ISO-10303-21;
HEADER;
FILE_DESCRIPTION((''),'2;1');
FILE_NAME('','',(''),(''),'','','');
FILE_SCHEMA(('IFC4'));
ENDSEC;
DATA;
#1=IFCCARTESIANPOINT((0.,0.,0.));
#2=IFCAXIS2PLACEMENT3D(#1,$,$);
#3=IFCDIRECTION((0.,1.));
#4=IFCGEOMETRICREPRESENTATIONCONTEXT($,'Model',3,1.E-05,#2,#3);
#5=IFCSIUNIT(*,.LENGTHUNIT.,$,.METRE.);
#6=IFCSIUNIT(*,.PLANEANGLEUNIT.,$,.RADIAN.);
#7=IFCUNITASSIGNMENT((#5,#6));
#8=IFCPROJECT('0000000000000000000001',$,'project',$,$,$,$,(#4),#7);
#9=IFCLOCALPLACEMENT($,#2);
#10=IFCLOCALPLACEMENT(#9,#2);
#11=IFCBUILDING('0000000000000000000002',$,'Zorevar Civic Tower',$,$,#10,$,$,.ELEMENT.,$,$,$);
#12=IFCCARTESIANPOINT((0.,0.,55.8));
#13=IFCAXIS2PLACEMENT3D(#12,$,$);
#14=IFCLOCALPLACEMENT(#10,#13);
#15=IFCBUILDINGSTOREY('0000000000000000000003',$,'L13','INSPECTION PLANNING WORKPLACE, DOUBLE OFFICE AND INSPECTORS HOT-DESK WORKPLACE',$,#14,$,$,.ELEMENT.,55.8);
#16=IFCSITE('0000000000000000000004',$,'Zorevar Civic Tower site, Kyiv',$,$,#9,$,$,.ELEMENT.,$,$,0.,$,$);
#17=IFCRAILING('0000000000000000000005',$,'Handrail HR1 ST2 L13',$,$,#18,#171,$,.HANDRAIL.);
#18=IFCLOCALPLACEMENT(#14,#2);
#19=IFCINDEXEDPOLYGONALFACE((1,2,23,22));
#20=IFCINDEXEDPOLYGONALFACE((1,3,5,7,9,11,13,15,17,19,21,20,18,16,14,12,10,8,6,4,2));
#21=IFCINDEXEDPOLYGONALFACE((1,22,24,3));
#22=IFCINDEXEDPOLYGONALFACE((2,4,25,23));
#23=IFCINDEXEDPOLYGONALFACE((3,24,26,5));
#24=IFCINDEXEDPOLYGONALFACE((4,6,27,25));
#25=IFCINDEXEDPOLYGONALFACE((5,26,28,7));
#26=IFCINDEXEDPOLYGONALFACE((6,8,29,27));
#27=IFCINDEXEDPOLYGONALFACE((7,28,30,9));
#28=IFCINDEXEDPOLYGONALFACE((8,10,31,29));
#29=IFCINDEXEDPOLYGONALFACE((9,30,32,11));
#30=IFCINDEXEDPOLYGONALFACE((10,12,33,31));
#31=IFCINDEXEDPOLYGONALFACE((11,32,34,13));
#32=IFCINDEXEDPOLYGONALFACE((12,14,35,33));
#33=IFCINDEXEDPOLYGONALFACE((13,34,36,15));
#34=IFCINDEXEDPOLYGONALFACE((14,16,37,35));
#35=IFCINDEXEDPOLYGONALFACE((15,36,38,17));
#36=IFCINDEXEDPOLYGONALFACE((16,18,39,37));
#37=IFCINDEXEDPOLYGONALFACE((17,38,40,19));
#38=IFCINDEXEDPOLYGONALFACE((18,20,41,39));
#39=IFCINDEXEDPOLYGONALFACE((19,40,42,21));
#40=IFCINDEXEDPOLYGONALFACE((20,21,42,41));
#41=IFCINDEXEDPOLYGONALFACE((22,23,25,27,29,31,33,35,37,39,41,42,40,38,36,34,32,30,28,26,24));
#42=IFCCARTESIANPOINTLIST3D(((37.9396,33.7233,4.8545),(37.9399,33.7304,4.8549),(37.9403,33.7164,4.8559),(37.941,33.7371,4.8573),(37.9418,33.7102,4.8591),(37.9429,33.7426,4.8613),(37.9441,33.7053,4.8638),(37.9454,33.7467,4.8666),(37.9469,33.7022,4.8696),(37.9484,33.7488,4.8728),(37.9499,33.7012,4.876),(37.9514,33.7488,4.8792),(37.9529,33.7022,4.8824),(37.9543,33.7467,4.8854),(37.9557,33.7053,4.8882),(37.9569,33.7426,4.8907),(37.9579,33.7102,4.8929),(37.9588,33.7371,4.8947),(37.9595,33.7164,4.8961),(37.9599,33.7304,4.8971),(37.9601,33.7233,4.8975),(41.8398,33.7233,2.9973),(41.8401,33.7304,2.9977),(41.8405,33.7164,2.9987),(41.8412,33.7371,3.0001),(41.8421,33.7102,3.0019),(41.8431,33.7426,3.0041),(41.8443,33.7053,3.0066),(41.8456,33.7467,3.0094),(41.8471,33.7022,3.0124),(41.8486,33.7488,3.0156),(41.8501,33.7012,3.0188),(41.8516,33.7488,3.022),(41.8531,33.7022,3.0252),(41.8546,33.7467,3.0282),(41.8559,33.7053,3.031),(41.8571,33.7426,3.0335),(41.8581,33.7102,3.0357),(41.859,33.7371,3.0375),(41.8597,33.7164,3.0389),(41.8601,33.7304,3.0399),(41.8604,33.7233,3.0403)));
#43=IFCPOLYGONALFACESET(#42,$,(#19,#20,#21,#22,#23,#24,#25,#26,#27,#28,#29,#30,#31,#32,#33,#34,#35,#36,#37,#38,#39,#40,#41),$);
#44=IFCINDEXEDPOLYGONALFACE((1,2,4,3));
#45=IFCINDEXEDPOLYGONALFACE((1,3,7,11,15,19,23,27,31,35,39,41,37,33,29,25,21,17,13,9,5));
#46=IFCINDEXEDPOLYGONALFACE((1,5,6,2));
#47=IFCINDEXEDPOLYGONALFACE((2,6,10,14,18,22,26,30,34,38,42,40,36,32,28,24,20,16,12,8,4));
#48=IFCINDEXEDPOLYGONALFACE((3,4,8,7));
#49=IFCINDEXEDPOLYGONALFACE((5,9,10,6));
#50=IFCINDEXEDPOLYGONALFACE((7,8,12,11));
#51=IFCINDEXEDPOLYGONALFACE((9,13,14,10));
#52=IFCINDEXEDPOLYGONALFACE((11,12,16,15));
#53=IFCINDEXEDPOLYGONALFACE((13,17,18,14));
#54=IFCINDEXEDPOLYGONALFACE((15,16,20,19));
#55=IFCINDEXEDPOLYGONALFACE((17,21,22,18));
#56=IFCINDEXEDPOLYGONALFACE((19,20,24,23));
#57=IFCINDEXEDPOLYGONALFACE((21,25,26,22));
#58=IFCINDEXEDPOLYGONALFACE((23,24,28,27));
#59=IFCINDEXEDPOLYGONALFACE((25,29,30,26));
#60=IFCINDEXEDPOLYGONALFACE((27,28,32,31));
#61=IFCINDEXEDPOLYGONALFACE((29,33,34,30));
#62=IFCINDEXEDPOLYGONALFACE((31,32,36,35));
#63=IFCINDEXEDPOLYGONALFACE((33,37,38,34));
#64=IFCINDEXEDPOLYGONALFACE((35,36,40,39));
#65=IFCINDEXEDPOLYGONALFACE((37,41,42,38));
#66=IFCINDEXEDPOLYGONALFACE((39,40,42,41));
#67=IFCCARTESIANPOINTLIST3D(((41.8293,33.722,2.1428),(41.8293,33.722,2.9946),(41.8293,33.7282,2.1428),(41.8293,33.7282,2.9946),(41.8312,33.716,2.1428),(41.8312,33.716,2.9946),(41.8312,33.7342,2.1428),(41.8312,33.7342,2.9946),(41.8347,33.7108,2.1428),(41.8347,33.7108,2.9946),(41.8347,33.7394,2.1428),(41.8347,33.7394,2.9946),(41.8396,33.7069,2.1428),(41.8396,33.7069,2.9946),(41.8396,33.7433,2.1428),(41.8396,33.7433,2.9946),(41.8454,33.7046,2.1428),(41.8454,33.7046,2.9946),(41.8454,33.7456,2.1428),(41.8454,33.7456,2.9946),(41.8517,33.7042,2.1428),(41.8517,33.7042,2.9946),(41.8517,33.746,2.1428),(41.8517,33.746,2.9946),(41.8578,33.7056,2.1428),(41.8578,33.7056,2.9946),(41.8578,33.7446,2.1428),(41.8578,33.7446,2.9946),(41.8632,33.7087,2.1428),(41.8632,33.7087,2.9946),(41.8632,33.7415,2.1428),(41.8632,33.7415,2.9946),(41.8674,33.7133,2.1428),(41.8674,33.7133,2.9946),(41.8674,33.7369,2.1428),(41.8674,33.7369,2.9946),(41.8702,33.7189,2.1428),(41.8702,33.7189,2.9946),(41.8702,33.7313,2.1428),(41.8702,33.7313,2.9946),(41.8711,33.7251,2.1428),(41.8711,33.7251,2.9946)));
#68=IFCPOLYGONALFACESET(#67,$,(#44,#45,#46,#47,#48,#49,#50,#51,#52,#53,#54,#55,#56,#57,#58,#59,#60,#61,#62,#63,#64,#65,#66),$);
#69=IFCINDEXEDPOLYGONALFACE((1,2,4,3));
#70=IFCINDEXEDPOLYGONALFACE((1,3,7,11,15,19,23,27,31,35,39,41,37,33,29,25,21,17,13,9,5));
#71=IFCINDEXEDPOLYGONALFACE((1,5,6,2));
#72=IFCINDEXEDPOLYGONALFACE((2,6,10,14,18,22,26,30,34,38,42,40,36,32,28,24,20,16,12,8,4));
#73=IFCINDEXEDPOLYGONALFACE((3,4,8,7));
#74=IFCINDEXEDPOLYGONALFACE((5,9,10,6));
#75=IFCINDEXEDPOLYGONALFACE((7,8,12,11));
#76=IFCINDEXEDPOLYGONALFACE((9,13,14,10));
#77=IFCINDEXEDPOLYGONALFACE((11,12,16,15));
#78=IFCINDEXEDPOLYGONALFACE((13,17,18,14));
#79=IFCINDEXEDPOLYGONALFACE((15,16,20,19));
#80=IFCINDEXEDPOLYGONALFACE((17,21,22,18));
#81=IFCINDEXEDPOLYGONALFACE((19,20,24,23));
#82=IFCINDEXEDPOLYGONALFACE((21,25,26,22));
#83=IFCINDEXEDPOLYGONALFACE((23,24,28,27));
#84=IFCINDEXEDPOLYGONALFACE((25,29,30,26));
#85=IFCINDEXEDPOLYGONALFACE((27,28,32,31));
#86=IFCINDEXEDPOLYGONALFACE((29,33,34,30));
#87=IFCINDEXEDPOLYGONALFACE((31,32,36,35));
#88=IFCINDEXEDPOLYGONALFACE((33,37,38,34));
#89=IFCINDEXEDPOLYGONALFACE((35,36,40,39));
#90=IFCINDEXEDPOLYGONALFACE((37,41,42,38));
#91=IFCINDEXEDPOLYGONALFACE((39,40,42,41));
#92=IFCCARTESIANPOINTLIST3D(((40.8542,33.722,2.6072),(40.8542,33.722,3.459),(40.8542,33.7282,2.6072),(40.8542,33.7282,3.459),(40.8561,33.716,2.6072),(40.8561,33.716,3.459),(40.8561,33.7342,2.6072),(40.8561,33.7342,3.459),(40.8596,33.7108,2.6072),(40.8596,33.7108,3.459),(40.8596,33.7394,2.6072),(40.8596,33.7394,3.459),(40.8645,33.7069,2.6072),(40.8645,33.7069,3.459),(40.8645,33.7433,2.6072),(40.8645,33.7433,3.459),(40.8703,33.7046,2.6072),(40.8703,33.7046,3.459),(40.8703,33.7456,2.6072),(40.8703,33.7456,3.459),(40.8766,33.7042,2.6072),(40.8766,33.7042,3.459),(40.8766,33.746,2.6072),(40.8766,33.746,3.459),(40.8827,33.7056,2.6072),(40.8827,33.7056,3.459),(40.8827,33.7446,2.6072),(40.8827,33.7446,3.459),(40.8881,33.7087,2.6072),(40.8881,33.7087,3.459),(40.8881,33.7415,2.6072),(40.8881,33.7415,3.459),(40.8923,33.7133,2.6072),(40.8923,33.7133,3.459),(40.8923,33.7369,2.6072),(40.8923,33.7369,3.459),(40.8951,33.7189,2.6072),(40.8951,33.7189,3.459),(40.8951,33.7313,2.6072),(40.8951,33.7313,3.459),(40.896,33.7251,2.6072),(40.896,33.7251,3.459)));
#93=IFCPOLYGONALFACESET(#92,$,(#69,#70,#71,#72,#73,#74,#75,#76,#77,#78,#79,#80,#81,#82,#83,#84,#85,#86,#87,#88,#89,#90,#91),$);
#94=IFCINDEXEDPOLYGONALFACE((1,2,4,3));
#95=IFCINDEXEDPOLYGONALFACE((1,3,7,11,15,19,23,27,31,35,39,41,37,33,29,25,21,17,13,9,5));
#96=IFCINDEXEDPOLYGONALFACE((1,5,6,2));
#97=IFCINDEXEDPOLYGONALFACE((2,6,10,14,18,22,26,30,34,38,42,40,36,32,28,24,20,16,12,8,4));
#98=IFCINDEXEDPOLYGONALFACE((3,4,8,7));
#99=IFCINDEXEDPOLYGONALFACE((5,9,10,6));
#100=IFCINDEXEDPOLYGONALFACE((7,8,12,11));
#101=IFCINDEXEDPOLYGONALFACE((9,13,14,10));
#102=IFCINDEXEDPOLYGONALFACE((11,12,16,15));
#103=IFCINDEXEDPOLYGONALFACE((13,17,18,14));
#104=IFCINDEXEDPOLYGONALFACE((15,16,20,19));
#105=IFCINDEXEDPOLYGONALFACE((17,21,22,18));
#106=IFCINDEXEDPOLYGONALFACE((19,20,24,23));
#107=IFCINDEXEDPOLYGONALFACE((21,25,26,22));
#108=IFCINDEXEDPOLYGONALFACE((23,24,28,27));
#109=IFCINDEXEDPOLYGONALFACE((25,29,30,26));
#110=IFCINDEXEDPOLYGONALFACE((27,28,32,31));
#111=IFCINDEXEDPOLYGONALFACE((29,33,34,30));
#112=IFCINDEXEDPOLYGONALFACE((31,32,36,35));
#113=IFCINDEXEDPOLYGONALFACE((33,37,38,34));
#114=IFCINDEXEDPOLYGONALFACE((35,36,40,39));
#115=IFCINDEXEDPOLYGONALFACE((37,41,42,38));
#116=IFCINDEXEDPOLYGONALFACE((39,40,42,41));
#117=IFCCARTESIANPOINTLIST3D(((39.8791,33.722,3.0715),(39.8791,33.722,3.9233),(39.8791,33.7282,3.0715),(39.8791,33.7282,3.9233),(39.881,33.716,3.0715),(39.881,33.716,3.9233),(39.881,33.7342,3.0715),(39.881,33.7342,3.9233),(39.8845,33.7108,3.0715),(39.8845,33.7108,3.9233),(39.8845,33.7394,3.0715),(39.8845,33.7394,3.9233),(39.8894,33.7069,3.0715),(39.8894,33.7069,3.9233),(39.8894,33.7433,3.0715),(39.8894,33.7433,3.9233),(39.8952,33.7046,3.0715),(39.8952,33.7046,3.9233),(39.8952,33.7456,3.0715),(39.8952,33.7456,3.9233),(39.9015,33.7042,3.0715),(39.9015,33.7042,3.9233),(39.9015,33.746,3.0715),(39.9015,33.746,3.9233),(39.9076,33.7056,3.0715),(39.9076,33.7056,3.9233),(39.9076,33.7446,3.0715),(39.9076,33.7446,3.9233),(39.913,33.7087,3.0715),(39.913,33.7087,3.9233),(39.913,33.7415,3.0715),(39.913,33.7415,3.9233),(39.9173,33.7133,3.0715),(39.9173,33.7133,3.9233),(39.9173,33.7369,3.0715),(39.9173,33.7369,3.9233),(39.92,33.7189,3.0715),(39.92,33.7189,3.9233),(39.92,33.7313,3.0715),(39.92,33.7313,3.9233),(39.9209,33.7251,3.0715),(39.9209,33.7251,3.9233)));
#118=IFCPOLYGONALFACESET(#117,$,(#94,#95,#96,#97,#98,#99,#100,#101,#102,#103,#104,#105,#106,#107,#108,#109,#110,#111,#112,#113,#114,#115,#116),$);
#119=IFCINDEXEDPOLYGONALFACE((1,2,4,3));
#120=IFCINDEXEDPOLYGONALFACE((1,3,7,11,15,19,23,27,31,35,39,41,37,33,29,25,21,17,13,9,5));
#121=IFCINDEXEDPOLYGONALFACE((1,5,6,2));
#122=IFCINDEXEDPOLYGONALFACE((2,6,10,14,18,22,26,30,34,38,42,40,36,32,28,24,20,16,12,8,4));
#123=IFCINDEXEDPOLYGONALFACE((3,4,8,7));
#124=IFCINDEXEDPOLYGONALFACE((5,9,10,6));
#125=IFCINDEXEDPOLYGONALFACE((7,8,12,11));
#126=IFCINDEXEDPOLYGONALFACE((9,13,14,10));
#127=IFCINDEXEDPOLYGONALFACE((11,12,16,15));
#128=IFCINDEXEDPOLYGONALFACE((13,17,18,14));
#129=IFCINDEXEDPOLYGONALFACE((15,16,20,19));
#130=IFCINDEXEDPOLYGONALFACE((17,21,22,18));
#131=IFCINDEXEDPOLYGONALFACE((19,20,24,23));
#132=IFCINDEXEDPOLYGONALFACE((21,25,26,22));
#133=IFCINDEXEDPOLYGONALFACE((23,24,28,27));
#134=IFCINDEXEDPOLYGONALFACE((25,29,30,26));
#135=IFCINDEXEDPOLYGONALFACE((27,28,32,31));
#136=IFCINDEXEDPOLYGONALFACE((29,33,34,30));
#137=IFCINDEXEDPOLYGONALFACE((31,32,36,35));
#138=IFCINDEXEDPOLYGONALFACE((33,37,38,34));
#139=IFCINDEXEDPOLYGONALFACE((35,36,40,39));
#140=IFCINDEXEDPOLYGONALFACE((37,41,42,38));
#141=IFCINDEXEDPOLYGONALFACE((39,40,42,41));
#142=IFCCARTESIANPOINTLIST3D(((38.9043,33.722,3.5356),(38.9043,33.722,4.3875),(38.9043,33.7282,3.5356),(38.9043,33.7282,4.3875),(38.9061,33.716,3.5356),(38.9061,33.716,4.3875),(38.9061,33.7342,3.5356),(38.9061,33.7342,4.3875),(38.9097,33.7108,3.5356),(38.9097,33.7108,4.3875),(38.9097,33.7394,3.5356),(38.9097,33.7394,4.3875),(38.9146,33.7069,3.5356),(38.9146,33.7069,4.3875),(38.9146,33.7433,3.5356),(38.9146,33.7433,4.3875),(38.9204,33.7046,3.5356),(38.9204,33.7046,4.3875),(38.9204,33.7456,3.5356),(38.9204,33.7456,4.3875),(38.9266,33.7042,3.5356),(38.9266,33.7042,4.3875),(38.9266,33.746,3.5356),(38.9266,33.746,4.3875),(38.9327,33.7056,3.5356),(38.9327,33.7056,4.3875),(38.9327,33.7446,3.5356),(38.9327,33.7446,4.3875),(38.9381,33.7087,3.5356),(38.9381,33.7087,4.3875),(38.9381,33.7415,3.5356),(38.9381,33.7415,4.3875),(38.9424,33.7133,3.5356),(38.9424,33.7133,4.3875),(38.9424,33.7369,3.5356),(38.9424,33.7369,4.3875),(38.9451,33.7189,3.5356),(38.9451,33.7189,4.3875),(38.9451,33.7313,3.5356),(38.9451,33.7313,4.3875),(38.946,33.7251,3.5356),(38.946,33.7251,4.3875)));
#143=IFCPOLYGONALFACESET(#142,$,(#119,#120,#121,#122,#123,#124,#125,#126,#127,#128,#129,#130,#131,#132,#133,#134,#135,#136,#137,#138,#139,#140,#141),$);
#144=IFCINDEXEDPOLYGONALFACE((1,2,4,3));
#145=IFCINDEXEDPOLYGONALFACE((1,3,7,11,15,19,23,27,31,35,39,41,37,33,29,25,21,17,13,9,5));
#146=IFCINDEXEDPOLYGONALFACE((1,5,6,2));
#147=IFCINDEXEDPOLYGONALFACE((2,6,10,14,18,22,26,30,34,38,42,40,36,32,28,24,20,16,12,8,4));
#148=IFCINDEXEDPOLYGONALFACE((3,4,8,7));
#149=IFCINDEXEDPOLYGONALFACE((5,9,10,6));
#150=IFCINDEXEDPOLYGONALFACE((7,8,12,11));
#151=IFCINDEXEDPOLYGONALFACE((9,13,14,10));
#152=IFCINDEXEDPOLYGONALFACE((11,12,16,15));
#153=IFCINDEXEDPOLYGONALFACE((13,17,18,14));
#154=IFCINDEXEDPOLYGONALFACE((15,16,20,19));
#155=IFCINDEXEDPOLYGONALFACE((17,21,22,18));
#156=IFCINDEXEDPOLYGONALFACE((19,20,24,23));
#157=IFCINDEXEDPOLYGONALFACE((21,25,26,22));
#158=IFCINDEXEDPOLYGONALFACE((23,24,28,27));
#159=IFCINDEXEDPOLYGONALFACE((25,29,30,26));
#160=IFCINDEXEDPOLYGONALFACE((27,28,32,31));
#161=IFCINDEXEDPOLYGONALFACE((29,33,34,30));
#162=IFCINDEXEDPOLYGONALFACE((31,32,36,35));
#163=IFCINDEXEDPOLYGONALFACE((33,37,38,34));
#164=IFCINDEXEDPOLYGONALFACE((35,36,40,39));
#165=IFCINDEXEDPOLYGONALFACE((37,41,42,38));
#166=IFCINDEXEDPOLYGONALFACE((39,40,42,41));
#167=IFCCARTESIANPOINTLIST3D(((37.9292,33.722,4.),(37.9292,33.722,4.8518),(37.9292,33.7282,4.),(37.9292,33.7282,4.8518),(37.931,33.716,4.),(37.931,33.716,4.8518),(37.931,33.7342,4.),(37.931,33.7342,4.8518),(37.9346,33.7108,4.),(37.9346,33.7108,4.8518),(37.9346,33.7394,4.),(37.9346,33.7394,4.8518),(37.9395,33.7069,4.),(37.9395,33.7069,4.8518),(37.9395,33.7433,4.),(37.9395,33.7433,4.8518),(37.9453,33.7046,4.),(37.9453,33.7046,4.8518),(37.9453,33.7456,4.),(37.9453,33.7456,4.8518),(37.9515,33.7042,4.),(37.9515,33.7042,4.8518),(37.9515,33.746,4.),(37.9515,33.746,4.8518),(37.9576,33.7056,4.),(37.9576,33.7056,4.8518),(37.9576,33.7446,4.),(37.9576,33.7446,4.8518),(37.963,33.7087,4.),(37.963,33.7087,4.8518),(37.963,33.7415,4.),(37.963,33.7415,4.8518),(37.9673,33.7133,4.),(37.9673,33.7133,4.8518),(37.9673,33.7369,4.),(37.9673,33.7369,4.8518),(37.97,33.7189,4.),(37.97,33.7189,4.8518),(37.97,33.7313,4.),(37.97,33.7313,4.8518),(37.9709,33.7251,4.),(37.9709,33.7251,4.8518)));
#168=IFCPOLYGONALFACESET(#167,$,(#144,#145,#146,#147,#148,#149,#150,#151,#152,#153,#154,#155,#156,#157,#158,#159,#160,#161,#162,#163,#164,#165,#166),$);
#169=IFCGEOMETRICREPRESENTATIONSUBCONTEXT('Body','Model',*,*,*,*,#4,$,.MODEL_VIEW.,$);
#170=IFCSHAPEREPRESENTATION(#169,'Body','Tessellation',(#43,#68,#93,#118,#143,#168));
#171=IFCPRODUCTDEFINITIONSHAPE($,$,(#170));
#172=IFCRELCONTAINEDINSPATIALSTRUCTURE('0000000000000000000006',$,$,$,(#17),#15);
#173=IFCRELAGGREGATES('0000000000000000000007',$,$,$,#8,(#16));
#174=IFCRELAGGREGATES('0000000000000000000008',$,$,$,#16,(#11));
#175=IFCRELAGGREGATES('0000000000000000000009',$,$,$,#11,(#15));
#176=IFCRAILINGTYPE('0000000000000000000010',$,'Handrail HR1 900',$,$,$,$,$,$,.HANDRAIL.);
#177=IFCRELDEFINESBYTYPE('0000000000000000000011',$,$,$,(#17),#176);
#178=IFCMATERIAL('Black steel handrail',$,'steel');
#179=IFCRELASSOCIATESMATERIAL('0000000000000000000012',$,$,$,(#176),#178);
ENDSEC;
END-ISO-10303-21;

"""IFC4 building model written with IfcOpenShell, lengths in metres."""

from ifc_helpers import new_model, si_unit, direction, frame, origin, origin_2d, place, context, subcontext, project, spatial, circle, extrude, material, type_object, element, save


model = new_model("IFC4")

# Units and contexts
model_context = context("Model", 3, precision=1e-05, world=origin(), true_north=direction((0.0, 1.0)))
body_context = subcontext(model_context, "Body", "Model", "MODEL_VIEW")
ifc_project = project(units=[si_unit("LENGTHUNIT", "METRE"), si_unit("PLANEANGLEUNIT", "RADIAN")], contexts=[model_context])

# Site, building, storey
site_placement = place(None, origin())
site = spatial("IfcSite", under=ifc_project, at=site_placement, Name="Zorevar Civic Tower site, Kyiv", CompositionType="ELEMENT", RefElevation=0.0)
building_placement = place(site_placement, origin())
building = spatial("IfcBuilding", under=site, at=building_placement, Name="Zorevar Civic Tower", CompositionType="ELEMENT")
storey_placement = place(building_placement, frame((0.0, 0.0, 55.8)))
storey = spatial("IfcBuildingStorey", under=building, at=storey_placement, Name="L13", Description="INSPECTION PLANNING WORKPLACE, DOUBLE OFFICE AND INSPECTORS HOT-DESK WORKPLACE", CompositionType="ELEMENT", Elevation=55.8)

# Railing
ifc_material_1 = material(Name="Black steel handrail", Category="steel")
railing_type = type_object("IfcRailingType", Name="Handrail HR1 900", PredefinedType="HANDRAIL", material=ifc_material_1)
railing_1_placement = place(storey_placement, frame((41.8501, 33.7251, 2.1428)))
element("IfcRailing", 1, at=railing_1_placement, inside=storey, type_object=railing_type, Name="Handrail HR1 ST2 L13", PredefinedType="HANDRAIL", context=body_context, shape_type="SweptSolid", body=[
    extrude(circle(Radius=0.0239, at=origin_2d()), frame((0.0, 0.0, 0.876), z_axis=(-0.902864, 0.0, 0.429927), x_axis=(0.0, -1.0, 0.0)), (0.0, 0.0, 1.0), 4.3198),
    extrude(circle(Radius=0.021, at=origin_2d()), origin(), (0.0, 0.0, 1.0), 0.8518),
    extrude(circle(Radius=0.021, at=origin_2d()), frame((-0.9751, 0.0, 0.4644)), (0.0, 0.0, 1.0), 0.8518),
    extrude(circle(Radius=0.021, at=origin_2d()), frame((-1.9502, 0.0, 0.9287)), (0.0, 0.0, 1.0), 0.8518),
    extrude(circle(Radius=0.021, at=origin_2d()), frame((-2.925, 0.0, 1.3928)), (0.0, 0.0, 1.0), 0.8518),
    extrude(circle(Radius=0.021, at=origin_2d()), frame((-3.9001, 0.0, 1.8572)), (0.0, 0.0, 1.0), 0.8518),
])

save(model, "model.ifc")
